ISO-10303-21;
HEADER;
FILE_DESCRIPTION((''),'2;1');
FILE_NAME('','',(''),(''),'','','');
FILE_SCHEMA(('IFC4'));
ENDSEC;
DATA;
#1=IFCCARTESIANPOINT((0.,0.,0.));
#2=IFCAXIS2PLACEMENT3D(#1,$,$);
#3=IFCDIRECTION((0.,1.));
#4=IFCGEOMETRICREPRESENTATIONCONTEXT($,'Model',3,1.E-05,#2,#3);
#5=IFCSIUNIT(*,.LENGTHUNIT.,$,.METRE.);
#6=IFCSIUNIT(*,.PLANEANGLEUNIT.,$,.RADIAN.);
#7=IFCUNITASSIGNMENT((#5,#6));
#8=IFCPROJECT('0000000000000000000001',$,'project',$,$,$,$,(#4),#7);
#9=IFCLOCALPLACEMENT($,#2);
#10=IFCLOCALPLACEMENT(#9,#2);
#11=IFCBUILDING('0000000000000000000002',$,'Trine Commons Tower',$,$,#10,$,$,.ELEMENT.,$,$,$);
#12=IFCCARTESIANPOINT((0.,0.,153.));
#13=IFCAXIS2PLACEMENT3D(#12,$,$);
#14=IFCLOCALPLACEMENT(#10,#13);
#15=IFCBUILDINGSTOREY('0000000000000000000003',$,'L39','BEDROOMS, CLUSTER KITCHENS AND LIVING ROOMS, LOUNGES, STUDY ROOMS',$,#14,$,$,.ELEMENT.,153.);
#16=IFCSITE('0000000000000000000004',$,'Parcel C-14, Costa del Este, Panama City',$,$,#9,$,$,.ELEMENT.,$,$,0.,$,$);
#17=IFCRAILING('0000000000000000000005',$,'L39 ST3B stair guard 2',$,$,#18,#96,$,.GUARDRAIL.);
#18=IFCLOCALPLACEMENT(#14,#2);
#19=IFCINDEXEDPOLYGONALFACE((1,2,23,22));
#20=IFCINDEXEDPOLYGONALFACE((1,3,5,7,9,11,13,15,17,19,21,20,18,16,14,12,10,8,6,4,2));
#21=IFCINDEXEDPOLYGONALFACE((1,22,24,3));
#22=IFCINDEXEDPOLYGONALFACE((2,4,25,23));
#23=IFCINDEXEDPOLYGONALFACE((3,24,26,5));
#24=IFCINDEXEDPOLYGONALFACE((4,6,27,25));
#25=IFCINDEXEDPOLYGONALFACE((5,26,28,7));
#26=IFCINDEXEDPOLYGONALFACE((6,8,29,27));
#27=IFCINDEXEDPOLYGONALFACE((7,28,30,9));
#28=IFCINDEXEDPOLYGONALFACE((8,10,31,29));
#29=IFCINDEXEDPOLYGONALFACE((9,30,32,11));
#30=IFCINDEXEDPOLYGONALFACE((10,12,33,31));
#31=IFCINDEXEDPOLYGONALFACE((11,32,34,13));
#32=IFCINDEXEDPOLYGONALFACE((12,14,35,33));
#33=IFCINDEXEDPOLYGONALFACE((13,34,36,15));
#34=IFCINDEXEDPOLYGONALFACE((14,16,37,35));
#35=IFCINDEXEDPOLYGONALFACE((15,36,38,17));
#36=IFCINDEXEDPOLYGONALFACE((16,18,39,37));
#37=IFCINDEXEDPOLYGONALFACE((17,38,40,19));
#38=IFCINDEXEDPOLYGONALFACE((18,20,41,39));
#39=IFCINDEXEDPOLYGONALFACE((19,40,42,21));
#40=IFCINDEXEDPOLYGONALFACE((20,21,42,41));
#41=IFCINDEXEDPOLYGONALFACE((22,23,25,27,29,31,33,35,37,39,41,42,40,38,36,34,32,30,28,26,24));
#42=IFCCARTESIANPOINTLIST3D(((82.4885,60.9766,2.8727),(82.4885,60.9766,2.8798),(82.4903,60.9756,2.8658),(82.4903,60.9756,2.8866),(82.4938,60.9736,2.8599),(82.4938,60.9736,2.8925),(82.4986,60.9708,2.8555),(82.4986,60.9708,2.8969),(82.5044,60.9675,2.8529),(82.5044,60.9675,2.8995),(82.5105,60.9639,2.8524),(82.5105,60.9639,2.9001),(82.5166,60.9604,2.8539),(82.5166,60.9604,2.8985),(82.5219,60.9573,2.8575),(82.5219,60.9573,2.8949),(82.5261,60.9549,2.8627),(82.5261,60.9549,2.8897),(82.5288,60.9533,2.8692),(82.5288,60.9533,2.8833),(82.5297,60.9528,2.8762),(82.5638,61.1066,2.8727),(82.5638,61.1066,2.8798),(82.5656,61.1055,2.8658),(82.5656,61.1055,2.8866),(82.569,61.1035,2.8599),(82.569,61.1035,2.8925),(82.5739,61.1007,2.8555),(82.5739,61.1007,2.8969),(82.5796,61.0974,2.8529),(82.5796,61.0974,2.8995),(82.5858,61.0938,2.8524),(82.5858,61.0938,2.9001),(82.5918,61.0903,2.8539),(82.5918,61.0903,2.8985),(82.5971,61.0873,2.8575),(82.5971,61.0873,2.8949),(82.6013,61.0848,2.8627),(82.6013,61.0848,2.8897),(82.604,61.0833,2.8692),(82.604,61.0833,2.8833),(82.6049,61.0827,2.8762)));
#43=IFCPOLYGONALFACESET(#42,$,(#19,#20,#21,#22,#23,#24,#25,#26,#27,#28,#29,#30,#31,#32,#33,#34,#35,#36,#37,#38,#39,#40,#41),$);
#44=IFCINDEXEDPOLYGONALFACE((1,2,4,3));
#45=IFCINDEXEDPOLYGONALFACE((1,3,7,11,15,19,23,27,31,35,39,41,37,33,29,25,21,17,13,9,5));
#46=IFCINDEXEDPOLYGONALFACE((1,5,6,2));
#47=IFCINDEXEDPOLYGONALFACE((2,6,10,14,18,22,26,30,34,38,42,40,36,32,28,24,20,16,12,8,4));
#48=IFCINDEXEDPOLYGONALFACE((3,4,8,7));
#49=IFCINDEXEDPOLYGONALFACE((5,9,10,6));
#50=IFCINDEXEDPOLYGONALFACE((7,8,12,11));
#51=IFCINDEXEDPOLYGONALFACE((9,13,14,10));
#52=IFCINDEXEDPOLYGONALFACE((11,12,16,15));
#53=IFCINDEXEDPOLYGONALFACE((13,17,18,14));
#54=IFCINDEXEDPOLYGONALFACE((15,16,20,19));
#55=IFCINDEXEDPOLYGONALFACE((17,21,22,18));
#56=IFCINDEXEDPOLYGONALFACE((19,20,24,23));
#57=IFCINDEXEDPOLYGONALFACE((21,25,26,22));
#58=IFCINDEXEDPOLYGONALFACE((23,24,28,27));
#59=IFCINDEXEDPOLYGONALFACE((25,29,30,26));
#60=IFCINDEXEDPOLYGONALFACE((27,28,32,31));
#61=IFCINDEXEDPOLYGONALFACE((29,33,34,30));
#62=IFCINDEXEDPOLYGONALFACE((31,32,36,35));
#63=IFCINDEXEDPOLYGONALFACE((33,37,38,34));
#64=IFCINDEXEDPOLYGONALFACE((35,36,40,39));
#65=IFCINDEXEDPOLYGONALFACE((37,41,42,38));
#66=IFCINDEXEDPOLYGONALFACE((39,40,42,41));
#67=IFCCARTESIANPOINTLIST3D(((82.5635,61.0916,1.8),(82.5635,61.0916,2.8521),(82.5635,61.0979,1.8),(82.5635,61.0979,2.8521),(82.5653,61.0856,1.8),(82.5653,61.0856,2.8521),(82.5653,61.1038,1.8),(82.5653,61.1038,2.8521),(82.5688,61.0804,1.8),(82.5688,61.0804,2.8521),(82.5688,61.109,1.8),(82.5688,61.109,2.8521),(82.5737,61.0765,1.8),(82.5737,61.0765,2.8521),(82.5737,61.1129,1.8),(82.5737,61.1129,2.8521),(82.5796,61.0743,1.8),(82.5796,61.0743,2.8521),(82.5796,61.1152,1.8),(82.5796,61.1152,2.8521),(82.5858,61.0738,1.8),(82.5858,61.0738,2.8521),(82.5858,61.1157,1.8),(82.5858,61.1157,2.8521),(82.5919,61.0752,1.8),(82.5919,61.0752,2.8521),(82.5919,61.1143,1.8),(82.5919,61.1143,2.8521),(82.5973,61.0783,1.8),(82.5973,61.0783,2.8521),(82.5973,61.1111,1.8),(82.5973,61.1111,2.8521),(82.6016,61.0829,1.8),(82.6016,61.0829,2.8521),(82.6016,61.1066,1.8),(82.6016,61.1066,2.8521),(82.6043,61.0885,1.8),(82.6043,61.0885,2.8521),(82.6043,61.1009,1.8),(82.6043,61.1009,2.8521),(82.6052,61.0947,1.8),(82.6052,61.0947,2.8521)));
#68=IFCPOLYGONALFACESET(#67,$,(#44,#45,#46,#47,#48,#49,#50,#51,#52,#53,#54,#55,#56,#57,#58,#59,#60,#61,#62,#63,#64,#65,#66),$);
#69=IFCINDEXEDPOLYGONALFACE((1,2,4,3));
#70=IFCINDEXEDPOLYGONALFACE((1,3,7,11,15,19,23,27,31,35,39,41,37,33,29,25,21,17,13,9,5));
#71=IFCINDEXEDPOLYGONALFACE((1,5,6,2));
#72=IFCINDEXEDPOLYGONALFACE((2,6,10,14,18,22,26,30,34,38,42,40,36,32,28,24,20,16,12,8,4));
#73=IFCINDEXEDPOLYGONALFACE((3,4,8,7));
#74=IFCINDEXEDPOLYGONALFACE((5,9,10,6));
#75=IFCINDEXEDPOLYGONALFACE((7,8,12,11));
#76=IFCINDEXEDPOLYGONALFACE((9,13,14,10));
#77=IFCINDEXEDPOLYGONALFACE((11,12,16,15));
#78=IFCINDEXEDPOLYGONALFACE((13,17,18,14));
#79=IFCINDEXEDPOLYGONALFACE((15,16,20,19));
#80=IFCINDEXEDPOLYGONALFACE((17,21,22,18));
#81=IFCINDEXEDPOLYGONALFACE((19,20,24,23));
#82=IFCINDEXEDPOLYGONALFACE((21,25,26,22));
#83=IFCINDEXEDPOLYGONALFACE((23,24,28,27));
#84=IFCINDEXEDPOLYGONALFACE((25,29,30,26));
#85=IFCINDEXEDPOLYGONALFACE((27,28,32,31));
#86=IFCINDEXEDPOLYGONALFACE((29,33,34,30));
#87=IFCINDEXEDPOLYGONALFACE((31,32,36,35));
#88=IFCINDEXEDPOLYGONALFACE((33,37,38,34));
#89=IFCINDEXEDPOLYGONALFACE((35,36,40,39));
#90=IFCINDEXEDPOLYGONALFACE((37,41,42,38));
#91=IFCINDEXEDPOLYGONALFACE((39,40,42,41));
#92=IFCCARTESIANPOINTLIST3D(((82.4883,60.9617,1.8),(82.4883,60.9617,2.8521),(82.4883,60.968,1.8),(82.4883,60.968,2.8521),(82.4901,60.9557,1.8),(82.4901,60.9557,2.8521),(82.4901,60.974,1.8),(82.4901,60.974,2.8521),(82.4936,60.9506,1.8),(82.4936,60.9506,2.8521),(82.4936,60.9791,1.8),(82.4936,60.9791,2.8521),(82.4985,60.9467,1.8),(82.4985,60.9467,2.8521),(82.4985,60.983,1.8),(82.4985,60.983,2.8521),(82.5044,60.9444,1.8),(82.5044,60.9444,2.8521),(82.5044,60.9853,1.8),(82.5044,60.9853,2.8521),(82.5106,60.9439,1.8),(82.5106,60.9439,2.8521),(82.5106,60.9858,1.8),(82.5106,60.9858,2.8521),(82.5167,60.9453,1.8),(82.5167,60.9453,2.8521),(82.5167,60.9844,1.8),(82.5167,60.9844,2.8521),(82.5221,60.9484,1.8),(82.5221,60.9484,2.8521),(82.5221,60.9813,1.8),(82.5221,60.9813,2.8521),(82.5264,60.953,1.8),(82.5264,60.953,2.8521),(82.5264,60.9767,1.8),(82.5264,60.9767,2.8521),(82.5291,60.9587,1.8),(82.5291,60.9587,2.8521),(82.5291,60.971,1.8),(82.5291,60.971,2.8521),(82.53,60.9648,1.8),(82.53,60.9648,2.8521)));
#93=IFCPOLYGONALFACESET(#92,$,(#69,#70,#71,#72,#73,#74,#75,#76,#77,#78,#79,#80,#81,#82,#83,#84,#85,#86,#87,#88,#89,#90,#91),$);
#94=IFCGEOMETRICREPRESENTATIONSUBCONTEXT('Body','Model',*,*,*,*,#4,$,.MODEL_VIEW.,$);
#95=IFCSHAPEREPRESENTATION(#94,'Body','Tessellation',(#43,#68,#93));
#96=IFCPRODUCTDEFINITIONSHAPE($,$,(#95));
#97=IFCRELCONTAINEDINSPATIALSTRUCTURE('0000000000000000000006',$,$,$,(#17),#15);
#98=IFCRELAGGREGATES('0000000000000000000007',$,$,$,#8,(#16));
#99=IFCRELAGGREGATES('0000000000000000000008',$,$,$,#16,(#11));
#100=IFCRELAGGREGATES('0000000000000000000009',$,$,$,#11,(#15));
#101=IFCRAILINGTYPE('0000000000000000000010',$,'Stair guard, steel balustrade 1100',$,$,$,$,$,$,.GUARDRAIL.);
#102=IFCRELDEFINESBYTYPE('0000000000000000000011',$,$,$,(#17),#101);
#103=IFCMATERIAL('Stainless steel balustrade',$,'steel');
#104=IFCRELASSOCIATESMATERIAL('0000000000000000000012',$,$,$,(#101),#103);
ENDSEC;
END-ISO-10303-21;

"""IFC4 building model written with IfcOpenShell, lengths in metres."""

from ifc_helpers import new_model, si_unit, direction, frame, origin, origin_2d, place, context, subcontext, project, spatial, circle, extrude, material, type_object, element, save


model = new_model("IFC4")

# Units and contexts
model_context = context("Model", 3, precision=1e-05, world=origin(), true_north=direction((0.0, 1.0)))
body_context = subcontext(model_context, "Body", "Model", "MODEL_VIEW")
ifc_project = project(units=[si_unit("LENGTHUNIT", "METRE"), si_unit("PLANEANGLEUNIT", "RADIAN")], contexts=[model_context])

# Site, building, storey
site_placement = place(None, origin())
site = spatial("IfcSite", under=ifc_project, at=site_placement, Name="Parcel C-14, Costa del Este, Panama City", CompositionType="ELEMENT", RefElevation=0.0)
building_placement = place(site_placement, origin())
building = spatial("IfcBuilding", under=site, at=building_placement, Name="Trine Commons Tower", CompositionType="ELEMENT")
storey_placement = place(building_placement, frame((0.0, 0.0, 153.0)))
storey = spatial("IfcBuildingStorey", under=building, at=storey_placement, Name="L39", Description="BEDROOMS, CLUSTER KITCHENS AND LIVING ROOMS, LOUNGES, STUDY ROOMS", CompositionType="ELEMENT", Elevation=153.0)

# Railing
ifc_material_1 = material(Name="Stainless steel balustrade", Category="steel")
railing_type_1 = type_object("IfcRailingType", Name="Stair guard, steel balustrade 1100", PredefinedType="GUARDRAIL", material=ifc_material_1)
railing_1_placement = place(storey_placement, frame((82.5842, 61.0947, 1.8)))
element("IfcRailing", 1, at=railing_1_placement, inside=storey, type_object=railing_type_1, Name="L39 ST3B stair guard 2", PredefinedType="GUARDRAIL", context=body_context, shape_type="SweptSolid", body=[
    extrude(circle(Radius=0.0239, at=origin_2d()), frame((0.0, 0.0, 1.0762), z_axis=(-0.501036, -0.865426, 0.0), x_axis=(0.865426, -0.501036, 0.0)), (0.0, 0.0, 1.0), 0.1501),
    extrude(circle(Radius=0.021, at=origin_2d()), origin(), (0.0, 0.0, 1.0), 1.052),
    extrude(circle(Radius=0.021, at=origin_2d()), frame((-0.0752, -0.1299, 0.0)), (0.0, 0.0, 1.0), 1.052),
])

save(model, "model.ifc")
